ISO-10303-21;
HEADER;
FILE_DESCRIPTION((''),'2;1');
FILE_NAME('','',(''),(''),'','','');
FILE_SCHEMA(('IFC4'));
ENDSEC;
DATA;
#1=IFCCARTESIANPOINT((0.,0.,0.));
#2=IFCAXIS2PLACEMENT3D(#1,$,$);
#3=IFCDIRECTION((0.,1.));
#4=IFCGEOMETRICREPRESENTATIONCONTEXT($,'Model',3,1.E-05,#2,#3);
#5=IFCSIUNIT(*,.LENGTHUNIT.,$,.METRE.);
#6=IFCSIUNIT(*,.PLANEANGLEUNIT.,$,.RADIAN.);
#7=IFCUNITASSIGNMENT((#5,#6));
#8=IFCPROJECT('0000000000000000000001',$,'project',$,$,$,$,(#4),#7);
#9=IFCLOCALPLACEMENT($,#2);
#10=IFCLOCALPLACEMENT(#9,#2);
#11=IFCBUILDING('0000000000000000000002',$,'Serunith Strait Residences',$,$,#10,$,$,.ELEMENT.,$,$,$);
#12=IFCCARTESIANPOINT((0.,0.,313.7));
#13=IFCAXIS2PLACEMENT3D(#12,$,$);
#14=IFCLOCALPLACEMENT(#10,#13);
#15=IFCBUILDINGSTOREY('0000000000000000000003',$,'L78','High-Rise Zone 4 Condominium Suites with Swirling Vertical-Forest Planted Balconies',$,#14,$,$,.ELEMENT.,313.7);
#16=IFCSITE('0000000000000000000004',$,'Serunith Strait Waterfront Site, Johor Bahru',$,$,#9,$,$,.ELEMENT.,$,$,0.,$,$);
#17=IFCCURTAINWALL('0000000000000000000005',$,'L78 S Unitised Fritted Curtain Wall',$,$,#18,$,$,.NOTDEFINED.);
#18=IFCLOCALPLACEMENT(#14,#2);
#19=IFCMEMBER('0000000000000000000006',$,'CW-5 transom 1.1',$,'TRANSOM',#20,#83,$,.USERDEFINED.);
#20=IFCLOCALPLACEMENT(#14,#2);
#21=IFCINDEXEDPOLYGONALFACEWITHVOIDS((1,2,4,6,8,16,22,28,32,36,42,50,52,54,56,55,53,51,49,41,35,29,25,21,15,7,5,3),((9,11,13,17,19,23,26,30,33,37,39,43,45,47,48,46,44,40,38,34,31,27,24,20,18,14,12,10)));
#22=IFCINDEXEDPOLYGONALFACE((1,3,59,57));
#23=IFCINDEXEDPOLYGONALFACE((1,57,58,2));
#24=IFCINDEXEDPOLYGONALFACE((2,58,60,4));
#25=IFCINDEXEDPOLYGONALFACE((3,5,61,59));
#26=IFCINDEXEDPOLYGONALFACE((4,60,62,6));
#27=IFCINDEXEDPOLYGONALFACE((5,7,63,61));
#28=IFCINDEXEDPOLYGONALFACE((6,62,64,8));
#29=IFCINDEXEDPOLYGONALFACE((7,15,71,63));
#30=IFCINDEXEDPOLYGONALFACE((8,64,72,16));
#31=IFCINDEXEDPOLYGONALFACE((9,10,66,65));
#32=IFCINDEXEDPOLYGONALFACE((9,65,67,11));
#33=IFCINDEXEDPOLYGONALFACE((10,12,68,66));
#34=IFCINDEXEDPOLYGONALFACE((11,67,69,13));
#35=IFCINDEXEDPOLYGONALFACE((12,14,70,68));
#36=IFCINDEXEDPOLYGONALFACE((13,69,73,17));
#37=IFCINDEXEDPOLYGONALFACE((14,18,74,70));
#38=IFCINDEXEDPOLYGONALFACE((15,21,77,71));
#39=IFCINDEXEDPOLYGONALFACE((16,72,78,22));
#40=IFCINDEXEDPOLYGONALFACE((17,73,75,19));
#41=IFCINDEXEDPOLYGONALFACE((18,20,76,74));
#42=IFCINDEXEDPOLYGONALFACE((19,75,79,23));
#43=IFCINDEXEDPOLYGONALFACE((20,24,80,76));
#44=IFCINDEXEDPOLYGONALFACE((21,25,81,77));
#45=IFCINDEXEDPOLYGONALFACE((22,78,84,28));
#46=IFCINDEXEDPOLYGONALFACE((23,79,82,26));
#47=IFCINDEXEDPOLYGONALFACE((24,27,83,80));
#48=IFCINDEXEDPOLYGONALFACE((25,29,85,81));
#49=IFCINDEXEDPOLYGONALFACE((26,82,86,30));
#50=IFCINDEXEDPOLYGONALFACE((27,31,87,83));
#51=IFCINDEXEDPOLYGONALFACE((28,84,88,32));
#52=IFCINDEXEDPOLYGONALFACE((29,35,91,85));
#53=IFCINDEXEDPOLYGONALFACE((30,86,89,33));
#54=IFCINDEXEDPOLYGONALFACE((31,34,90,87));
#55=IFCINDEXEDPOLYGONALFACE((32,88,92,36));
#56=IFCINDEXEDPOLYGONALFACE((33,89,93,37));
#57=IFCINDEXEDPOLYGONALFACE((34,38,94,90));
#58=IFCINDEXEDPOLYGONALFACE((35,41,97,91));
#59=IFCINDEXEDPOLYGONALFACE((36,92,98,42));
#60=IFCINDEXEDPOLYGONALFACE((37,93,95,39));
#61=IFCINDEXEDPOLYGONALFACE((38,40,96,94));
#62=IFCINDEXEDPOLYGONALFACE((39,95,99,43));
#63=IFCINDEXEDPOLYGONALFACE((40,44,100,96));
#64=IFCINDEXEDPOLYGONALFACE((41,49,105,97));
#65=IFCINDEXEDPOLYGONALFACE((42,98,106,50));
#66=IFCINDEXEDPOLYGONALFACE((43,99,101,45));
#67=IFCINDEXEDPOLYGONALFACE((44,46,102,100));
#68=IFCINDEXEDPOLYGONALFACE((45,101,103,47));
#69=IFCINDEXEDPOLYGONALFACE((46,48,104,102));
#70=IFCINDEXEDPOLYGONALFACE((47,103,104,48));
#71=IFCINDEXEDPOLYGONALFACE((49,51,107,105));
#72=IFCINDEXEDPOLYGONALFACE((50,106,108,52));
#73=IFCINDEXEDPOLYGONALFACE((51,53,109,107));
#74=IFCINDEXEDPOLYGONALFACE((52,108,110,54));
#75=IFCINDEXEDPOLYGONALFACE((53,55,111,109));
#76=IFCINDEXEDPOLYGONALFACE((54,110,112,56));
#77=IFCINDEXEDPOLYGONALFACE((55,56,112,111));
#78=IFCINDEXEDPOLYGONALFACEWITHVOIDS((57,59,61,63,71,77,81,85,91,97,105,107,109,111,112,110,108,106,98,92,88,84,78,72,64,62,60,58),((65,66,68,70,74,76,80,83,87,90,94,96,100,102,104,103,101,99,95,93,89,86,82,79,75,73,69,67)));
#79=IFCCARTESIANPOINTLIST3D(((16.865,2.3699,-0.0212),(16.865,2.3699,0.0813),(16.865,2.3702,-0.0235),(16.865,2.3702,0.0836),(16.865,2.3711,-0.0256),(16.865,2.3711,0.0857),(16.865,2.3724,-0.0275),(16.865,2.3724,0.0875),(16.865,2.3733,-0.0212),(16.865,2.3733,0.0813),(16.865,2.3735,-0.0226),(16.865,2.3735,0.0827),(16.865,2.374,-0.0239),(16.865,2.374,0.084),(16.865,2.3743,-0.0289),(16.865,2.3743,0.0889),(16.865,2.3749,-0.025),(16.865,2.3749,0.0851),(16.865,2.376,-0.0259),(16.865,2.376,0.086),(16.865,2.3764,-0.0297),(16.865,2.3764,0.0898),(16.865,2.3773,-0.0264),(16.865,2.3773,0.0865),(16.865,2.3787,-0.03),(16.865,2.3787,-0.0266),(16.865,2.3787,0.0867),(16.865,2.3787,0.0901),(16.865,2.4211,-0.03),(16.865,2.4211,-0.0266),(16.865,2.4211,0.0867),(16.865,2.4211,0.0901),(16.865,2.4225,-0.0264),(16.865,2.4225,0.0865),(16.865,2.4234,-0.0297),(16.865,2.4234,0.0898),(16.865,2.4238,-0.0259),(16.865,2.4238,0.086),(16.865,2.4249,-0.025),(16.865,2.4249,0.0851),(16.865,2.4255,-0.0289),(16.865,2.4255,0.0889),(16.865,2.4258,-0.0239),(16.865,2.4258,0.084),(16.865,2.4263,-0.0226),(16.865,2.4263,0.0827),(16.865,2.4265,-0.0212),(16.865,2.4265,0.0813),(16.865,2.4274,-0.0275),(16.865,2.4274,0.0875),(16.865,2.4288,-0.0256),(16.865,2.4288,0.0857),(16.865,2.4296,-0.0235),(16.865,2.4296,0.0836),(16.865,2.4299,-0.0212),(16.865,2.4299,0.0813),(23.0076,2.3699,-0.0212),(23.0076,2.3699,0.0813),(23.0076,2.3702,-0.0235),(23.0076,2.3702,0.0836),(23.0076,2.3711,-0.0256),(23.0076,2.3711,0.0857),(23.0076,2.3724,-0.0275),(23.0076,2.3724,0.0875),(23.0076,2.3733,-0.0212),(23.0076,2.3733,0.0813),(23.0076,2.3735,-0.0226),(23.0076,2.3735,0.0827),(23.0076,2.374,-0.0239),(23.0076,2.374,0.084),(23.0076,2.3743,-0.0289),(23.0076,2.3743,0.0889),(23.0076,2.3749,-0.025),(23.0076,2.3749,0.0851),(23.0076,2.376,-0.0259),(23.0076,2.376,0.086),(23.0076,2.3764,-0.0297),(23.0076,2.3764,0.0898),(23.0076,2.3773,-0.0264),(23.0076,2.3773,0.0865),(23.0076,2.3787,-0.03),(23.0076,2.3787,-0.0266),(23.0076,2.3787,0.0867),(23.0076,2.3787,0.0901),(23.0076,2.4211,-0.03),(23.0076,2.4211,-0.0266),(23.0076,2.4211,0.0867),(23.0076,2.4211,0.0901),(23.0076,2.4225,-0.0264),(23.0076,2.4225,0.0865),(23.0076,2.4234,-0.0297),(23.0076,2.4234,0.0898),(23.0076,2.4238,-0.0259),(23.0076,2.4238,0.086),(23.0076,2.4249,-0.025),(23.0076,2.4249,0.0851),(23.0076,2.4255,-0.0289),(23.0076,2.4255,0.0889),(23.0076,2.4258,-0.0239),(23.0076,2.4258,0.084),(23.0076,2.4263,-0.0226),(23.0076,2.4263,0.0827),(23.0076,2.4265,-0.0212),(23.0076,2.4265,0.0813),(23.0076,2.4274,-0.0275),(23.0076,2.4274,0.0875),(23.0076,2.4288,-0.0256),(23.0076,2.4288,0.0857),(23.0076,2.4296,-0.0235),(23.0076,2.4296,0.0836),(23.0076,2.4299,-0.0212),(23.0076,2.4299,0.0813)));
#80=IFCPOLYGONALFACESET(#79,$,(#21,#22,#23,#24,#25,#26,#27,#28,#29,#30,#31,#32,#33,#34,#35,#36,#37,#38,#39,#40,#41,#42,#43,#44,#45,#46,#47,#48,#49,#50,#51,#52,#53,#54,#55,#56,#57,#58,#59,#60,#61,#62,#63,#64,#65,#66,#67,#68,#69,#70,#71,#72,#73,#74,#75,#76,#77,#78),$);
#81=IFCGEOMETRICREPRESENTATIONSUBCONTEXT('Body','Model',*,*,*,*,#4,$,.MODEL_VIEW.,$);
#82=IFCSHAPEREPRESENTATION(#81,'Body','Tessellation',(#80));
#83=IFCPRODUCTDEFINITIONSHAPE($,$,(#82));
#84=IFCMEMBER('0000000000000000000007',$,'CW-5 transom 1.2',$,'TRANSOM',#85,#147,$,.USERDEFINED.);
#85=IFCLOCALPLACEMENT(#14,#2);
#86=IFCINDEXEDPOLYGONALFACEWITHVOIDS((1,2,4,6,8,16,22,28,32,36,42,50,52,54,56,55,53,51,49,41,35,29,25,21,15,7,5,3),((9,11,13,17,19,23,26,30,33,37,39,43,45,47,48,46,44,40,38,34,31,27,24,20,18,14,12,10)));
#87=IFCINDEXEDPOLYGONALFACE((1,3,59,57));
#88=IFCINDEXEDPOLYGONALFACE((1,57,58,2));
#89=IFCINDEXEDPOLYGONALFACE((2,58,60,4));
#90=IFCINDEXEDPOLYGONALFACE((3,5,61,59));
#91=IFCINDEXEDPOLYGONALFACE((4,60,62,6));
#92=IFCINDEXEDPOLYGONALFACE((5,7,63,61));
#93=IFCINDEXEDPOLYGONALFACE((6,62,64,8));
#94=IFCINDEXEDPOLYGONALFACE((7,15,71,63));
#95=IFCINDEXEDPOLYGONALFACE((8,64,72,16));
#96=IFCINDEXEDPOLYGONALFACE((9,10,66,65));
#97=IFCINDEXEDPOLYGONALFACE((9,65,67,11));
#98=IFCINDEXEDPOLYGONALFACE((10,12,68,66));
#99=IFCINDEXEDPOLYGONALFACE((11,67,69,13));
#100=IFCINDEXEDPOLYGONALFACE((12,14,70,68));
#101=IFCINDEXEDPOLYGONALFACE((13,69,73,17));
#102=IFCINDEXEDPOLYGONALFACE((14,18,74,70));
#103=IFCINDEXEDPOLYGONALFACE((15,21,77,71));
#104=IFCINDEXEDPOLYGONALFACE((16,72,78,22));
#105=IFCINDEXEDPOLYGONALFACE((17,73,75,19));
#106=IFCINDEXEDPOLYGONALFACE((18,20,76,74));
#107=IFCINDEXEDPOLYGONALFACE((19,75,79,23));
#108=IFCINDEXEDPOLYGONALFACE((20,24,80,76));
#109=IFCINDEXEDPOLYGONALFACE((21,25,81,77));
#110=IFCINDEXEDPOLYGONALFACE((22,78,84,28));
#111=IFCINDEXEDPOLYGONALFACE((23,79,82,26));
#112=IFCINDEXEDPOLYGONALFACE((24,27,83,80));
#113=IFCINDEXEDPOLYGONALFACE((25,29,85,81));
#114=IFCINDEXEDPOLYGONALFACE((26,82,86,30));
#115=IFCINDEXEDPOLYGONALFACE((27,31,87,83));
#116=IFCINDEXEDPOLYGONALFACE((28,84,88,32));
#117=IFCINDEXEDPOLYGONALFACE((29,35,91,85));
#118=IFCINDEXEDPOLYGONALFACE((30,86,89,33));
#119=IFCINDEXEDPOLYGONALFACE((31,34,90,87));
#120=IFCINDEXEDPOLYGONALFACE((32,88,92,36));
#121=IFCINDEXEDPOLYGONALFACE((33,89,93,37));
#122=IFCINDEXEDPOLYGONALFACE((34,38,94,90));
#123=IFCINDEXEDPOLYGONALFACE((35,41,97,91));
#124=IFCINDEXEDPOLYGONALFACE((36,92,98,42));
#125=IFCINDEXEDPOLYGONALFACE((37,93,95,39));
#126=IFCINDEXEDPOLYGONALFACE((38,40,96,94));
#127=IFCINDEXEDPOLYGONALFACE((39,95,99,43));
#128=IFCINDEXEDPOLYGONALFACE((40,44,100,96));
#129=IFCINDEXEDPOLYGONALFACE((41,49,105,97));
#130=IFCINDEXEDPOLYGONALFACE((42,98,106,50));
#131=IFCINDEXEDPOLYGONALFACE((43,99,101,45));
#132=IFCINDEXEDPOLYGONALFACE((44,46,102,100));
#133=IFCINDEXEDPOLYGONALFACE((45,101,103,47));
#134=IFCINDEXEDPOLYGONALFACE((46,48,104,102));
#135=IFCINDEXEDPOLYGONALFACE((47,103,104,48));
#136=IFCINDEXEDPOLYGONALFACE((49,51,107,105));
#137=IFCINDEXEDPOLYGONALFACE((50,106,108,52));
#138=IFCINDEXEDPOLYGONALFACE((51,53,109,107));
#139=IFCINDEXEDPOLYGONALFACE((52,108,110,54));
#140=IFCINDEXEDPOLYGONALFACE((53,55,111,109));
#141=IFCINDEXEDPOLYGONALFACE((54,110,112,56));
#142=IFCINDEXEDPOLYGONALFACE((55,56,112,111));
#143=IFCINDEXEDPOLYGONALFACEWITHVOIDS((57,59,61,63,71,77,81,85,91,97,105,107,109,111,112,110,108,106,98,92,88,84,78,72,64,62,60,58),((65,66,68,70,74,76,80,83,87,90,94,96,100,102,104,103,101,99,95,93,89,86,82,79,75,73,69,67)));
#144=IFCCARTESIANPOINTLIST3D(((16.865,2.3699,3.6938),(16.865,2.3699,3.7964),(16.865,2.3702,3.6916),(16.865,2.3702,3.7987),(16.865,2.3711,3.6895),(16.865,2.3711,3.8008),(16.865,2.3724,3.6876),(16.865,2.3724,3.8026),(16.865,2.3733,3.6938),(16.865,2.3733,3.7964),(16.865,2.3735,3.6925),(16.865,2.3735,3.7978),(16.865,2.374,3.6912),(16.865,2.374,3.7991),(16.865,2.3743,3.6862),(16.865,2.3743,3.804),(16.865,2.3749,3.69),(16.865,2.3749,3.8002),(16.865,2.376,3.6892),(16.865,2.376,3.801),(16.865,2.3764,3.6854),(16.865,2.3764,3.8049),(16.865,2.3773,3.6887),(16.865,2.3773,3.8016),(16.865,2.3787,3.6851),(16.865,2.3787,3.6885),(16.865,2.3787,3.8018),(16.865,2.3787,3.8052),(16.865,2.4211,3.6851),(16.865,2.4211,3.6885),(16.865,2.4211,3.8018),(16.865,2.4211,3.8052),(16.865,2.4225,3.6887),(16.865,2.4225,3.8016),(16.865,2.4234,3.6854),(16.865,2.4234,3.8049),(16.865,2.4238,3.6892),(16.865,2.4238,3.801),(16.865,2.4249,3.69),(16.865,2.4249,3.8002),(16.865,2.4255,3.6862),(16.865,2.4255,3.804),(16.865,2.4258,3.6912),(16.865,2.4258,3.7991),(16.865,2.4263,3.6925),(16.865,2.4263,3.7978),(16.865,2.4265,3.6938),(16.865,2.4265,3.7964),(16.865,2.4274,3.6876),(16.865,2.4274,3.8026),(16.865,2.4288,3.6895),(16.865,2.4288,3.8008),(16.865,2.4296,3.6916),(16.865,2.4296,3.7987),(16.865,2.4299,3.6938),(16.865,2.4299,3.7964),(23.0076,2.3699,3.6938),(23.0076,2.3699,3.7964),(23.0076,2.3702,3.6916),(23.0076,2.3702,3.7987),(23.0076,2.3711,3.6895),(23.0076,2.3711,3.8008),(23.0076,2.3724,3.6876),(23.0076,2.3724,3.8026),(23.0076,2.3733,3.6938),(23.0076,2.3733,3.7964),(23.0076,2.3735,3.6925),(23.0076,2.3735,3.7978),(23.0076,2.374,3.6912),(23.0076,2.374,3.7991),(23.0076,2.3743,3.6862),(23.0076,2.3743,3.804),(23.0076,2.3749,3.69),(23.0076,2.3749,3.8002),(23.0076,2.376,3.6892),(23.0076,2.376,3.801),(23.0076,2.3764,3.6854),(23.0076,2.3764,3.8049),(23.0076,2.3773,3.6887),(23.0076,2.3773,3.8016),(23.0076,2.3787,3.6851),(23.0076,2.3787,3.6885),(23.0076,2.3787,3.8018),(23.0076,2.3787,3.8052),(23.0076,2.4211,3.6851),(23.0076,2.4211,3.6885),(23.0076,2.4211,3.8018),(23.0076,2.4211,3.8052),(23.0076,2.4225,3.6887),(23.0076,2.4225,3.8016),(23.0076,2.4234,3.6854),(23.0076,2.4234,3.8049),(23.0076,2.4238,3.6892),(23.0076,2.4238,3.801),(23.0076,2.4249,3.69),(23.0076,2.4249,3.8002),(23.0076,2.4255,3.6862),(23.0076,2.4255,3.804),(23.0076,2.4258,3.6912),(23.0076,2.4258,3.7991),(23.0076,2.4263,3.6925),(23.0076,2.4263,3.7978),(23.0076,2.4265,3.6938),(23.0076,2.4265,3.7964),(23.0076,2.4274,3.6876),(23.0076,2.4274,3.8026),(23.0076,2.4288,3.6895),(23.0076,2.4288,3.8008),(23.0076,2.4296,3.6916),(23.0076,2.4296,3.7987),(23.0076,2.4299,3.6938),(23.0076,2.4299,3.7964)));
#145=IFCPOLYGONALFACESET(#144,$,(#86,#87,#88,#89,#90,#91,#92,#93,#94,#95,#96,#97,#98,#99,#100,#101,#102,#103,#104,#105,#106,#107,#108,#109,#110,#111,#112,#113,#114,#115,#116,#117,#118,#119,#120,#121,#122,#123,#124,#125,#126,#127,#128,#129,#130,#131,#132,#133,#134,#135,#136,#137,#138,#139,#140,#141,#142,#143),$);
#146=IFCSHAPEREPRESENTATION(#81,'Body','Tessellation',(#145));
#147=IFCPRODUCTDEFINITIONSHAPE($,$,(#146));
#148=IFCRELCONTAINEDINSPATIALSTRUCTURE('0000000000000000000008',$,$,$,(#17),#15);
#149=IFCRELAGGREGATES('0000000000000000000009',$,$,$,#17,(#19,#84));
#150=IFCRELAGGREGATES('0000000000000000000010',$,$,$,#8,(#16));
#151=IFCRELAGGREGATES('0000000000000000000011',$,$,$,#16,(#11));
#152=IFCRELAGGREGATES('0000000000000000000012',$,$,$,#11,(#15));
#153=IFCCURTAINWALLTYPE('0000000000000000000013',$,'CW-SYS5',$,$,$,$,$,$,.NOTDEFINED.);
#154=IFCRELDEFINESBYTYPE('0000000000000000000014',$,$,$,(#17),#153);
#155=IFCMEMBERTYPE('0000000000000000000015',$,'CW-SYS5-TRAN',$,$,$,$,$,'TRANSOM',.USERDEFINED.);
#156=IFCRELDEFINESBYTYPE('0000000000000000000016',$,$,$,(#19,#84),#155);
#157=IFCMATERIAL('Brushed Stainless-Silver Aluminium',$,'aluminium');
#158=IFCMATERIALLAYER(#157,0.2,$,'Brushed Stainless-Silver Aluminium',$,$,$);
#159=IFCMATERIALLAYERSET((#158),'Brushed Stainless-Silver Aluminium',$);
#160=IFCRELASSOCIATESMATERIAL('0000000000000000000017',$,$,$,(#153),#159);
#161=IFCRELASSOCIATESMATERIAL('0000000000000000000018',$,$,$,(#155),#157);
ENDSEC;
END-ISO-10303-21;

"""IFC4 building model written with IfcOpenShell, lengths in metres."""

from ifc_helpers import new_model, si_unit, direction, frame, origin, origin_2d, place, context, subcontext, project, spatial, hollow_rectangle, extrude, source, transform, mapped, material, layer, layer_set, material_profile, profile_set, type_object, element, aggregate, save


model = new_model("IFC4")

# Units and contexts
model_context = context("Model", 3, precision=1e-05, world=origin(), true_north=direction((0.0, 1.0)))
body_context = subcontext(model_context, "Body", "Model", "MODEL_VIEW")
ifc_project = project(units=[si_unit("LENGTHUNIT", "METRE"), si_unit("PLANEANGLEUNIT", "RADIAN")], contexts=[model_context])

# Site, building, storey
site_placement = place(None, origin())
site = spatial("IfcSite", under=ifc_project, at=site_placement, Name="Serunith Strait Waterfront Site, Johor Bahru", CompositionType="ELEMENT", RefElevation=0.0)
building_placement = place(site_placement, origin())
building = spatial("IfcBuilding", under=site, at=building_placement, Name="Serunith Strait Residences", CompositionType="ELEMENT")
storey_placement = place(building_placement, frame((0.0, 0.0, 313.7)))
storey = spatial("IfcBuildingStorey", under=building, at=storey_placement, Name="L78", Description="High-Rise Zone 4 Condominium Suites with Swirling Vertical-Forest Planted Balconies", CompositionType="ELEMENT", Elevation=313.7)

# Curtain wall
ifc_material_1 = material(Name="Brushed Stainless-Silver Aluminium", Category="aluminium")
ifc_layer_1 = layer(ifc_material_1, 0.2, Name="Brushed Stainless-Silver Aluminium")
ifc_layer_set_1 = layer_set([ifc_layer_1], Name="Brushed Stainless-Silver Aluminium")
curtain_wall_type = type_object("IfcCurtainWallType", Name="CW-SYS5", PredefinedType="NOTDEFINED", material=ifc_layer_set_1)
curtain_wall_1_placement = place(storey_placement, origin())
curtain_wall_1 = element("IfcCurtainWall", 1, at=curtain_wall_1_placement, inside=storey, type_object=curtain_wall_type, Name="L78 S Unitised Fritted Curtain Wall", PredefinedType="NOTDEFINED")

# Members
ifc_material_profile_1 = material_profile(ifc_material_1, hollow_rectangle(XDim=0.0601, YDim=0.1201, WallThickness=0.0034, InnerFilletRadius=0.0054, OuterFilletRadius=0.0088, at=origin_2d()), Name="ALU 120x60x3.5")
ifc_profile_set_1 = profile_set([ifc_material_profile_1], Name="Brushed Stainless-Silver Aluminium")
member_type_1 = type_object("IfcMemberType", Name="CW-SYS5-TRAN", ElementType="TRANSOM", PredefinedType="USERDEFINED", material=ifc_profile_set_1)
shared_shape_1 = source(origin(), body_context, "Body", "SweptSolid", [
    extrude(hollow_rectangle(XDim=0.0601, YDim=0.1201, WallThickness=0.0034, InnerFilletRadius=0.0054, OuterFilletRadius=0.0088, at=origin_2d()), origin(), (0.0, 0.0, 1.0), 6.1426),
])
member_1_placement = place(storey_placement, frame((16.865, 2.3999, 0.03), z_axis=(1.0, 0.0, 0.0), x_axis=(0.0, 1.0, 0.0)))
member_1 = element("IfcMember", 2, at=member_1_placement, type_object=member_type_1, Name="CW-5 transom 1.1", ObjectType="TRANSOM", PredefinedType="USERDEFINED", context=body_context, shape_type="MappedRepresentation", body=[
    mapped(shared_shape_1, transform((0.0, 0.0, 0.0), scale=1.0)),
])
member_2_placement = place(storey_placement, frame((16.865, 2.3999, 3.7451), z_axis=(1.0, 0.0, 0.0), x_axis=(0.0, 1.0, 0.0)))
member_2 = element("IfcMember", 3, at=member_2_placement, type_object=member_type_1, Name="CW-5 transom 1.2", ObjectType="TRANSOM", PredefinedType="USERDEFINED", context=body_context, shape_type="MappedRepresentation", body=[
    mapped(shared_shape_1, transform((0.0, 0.0, 0.0), scale=1.0)),
])
aggregate(curtain_wall_1, [member_1, member_2])

save(model, "model.ifc")
